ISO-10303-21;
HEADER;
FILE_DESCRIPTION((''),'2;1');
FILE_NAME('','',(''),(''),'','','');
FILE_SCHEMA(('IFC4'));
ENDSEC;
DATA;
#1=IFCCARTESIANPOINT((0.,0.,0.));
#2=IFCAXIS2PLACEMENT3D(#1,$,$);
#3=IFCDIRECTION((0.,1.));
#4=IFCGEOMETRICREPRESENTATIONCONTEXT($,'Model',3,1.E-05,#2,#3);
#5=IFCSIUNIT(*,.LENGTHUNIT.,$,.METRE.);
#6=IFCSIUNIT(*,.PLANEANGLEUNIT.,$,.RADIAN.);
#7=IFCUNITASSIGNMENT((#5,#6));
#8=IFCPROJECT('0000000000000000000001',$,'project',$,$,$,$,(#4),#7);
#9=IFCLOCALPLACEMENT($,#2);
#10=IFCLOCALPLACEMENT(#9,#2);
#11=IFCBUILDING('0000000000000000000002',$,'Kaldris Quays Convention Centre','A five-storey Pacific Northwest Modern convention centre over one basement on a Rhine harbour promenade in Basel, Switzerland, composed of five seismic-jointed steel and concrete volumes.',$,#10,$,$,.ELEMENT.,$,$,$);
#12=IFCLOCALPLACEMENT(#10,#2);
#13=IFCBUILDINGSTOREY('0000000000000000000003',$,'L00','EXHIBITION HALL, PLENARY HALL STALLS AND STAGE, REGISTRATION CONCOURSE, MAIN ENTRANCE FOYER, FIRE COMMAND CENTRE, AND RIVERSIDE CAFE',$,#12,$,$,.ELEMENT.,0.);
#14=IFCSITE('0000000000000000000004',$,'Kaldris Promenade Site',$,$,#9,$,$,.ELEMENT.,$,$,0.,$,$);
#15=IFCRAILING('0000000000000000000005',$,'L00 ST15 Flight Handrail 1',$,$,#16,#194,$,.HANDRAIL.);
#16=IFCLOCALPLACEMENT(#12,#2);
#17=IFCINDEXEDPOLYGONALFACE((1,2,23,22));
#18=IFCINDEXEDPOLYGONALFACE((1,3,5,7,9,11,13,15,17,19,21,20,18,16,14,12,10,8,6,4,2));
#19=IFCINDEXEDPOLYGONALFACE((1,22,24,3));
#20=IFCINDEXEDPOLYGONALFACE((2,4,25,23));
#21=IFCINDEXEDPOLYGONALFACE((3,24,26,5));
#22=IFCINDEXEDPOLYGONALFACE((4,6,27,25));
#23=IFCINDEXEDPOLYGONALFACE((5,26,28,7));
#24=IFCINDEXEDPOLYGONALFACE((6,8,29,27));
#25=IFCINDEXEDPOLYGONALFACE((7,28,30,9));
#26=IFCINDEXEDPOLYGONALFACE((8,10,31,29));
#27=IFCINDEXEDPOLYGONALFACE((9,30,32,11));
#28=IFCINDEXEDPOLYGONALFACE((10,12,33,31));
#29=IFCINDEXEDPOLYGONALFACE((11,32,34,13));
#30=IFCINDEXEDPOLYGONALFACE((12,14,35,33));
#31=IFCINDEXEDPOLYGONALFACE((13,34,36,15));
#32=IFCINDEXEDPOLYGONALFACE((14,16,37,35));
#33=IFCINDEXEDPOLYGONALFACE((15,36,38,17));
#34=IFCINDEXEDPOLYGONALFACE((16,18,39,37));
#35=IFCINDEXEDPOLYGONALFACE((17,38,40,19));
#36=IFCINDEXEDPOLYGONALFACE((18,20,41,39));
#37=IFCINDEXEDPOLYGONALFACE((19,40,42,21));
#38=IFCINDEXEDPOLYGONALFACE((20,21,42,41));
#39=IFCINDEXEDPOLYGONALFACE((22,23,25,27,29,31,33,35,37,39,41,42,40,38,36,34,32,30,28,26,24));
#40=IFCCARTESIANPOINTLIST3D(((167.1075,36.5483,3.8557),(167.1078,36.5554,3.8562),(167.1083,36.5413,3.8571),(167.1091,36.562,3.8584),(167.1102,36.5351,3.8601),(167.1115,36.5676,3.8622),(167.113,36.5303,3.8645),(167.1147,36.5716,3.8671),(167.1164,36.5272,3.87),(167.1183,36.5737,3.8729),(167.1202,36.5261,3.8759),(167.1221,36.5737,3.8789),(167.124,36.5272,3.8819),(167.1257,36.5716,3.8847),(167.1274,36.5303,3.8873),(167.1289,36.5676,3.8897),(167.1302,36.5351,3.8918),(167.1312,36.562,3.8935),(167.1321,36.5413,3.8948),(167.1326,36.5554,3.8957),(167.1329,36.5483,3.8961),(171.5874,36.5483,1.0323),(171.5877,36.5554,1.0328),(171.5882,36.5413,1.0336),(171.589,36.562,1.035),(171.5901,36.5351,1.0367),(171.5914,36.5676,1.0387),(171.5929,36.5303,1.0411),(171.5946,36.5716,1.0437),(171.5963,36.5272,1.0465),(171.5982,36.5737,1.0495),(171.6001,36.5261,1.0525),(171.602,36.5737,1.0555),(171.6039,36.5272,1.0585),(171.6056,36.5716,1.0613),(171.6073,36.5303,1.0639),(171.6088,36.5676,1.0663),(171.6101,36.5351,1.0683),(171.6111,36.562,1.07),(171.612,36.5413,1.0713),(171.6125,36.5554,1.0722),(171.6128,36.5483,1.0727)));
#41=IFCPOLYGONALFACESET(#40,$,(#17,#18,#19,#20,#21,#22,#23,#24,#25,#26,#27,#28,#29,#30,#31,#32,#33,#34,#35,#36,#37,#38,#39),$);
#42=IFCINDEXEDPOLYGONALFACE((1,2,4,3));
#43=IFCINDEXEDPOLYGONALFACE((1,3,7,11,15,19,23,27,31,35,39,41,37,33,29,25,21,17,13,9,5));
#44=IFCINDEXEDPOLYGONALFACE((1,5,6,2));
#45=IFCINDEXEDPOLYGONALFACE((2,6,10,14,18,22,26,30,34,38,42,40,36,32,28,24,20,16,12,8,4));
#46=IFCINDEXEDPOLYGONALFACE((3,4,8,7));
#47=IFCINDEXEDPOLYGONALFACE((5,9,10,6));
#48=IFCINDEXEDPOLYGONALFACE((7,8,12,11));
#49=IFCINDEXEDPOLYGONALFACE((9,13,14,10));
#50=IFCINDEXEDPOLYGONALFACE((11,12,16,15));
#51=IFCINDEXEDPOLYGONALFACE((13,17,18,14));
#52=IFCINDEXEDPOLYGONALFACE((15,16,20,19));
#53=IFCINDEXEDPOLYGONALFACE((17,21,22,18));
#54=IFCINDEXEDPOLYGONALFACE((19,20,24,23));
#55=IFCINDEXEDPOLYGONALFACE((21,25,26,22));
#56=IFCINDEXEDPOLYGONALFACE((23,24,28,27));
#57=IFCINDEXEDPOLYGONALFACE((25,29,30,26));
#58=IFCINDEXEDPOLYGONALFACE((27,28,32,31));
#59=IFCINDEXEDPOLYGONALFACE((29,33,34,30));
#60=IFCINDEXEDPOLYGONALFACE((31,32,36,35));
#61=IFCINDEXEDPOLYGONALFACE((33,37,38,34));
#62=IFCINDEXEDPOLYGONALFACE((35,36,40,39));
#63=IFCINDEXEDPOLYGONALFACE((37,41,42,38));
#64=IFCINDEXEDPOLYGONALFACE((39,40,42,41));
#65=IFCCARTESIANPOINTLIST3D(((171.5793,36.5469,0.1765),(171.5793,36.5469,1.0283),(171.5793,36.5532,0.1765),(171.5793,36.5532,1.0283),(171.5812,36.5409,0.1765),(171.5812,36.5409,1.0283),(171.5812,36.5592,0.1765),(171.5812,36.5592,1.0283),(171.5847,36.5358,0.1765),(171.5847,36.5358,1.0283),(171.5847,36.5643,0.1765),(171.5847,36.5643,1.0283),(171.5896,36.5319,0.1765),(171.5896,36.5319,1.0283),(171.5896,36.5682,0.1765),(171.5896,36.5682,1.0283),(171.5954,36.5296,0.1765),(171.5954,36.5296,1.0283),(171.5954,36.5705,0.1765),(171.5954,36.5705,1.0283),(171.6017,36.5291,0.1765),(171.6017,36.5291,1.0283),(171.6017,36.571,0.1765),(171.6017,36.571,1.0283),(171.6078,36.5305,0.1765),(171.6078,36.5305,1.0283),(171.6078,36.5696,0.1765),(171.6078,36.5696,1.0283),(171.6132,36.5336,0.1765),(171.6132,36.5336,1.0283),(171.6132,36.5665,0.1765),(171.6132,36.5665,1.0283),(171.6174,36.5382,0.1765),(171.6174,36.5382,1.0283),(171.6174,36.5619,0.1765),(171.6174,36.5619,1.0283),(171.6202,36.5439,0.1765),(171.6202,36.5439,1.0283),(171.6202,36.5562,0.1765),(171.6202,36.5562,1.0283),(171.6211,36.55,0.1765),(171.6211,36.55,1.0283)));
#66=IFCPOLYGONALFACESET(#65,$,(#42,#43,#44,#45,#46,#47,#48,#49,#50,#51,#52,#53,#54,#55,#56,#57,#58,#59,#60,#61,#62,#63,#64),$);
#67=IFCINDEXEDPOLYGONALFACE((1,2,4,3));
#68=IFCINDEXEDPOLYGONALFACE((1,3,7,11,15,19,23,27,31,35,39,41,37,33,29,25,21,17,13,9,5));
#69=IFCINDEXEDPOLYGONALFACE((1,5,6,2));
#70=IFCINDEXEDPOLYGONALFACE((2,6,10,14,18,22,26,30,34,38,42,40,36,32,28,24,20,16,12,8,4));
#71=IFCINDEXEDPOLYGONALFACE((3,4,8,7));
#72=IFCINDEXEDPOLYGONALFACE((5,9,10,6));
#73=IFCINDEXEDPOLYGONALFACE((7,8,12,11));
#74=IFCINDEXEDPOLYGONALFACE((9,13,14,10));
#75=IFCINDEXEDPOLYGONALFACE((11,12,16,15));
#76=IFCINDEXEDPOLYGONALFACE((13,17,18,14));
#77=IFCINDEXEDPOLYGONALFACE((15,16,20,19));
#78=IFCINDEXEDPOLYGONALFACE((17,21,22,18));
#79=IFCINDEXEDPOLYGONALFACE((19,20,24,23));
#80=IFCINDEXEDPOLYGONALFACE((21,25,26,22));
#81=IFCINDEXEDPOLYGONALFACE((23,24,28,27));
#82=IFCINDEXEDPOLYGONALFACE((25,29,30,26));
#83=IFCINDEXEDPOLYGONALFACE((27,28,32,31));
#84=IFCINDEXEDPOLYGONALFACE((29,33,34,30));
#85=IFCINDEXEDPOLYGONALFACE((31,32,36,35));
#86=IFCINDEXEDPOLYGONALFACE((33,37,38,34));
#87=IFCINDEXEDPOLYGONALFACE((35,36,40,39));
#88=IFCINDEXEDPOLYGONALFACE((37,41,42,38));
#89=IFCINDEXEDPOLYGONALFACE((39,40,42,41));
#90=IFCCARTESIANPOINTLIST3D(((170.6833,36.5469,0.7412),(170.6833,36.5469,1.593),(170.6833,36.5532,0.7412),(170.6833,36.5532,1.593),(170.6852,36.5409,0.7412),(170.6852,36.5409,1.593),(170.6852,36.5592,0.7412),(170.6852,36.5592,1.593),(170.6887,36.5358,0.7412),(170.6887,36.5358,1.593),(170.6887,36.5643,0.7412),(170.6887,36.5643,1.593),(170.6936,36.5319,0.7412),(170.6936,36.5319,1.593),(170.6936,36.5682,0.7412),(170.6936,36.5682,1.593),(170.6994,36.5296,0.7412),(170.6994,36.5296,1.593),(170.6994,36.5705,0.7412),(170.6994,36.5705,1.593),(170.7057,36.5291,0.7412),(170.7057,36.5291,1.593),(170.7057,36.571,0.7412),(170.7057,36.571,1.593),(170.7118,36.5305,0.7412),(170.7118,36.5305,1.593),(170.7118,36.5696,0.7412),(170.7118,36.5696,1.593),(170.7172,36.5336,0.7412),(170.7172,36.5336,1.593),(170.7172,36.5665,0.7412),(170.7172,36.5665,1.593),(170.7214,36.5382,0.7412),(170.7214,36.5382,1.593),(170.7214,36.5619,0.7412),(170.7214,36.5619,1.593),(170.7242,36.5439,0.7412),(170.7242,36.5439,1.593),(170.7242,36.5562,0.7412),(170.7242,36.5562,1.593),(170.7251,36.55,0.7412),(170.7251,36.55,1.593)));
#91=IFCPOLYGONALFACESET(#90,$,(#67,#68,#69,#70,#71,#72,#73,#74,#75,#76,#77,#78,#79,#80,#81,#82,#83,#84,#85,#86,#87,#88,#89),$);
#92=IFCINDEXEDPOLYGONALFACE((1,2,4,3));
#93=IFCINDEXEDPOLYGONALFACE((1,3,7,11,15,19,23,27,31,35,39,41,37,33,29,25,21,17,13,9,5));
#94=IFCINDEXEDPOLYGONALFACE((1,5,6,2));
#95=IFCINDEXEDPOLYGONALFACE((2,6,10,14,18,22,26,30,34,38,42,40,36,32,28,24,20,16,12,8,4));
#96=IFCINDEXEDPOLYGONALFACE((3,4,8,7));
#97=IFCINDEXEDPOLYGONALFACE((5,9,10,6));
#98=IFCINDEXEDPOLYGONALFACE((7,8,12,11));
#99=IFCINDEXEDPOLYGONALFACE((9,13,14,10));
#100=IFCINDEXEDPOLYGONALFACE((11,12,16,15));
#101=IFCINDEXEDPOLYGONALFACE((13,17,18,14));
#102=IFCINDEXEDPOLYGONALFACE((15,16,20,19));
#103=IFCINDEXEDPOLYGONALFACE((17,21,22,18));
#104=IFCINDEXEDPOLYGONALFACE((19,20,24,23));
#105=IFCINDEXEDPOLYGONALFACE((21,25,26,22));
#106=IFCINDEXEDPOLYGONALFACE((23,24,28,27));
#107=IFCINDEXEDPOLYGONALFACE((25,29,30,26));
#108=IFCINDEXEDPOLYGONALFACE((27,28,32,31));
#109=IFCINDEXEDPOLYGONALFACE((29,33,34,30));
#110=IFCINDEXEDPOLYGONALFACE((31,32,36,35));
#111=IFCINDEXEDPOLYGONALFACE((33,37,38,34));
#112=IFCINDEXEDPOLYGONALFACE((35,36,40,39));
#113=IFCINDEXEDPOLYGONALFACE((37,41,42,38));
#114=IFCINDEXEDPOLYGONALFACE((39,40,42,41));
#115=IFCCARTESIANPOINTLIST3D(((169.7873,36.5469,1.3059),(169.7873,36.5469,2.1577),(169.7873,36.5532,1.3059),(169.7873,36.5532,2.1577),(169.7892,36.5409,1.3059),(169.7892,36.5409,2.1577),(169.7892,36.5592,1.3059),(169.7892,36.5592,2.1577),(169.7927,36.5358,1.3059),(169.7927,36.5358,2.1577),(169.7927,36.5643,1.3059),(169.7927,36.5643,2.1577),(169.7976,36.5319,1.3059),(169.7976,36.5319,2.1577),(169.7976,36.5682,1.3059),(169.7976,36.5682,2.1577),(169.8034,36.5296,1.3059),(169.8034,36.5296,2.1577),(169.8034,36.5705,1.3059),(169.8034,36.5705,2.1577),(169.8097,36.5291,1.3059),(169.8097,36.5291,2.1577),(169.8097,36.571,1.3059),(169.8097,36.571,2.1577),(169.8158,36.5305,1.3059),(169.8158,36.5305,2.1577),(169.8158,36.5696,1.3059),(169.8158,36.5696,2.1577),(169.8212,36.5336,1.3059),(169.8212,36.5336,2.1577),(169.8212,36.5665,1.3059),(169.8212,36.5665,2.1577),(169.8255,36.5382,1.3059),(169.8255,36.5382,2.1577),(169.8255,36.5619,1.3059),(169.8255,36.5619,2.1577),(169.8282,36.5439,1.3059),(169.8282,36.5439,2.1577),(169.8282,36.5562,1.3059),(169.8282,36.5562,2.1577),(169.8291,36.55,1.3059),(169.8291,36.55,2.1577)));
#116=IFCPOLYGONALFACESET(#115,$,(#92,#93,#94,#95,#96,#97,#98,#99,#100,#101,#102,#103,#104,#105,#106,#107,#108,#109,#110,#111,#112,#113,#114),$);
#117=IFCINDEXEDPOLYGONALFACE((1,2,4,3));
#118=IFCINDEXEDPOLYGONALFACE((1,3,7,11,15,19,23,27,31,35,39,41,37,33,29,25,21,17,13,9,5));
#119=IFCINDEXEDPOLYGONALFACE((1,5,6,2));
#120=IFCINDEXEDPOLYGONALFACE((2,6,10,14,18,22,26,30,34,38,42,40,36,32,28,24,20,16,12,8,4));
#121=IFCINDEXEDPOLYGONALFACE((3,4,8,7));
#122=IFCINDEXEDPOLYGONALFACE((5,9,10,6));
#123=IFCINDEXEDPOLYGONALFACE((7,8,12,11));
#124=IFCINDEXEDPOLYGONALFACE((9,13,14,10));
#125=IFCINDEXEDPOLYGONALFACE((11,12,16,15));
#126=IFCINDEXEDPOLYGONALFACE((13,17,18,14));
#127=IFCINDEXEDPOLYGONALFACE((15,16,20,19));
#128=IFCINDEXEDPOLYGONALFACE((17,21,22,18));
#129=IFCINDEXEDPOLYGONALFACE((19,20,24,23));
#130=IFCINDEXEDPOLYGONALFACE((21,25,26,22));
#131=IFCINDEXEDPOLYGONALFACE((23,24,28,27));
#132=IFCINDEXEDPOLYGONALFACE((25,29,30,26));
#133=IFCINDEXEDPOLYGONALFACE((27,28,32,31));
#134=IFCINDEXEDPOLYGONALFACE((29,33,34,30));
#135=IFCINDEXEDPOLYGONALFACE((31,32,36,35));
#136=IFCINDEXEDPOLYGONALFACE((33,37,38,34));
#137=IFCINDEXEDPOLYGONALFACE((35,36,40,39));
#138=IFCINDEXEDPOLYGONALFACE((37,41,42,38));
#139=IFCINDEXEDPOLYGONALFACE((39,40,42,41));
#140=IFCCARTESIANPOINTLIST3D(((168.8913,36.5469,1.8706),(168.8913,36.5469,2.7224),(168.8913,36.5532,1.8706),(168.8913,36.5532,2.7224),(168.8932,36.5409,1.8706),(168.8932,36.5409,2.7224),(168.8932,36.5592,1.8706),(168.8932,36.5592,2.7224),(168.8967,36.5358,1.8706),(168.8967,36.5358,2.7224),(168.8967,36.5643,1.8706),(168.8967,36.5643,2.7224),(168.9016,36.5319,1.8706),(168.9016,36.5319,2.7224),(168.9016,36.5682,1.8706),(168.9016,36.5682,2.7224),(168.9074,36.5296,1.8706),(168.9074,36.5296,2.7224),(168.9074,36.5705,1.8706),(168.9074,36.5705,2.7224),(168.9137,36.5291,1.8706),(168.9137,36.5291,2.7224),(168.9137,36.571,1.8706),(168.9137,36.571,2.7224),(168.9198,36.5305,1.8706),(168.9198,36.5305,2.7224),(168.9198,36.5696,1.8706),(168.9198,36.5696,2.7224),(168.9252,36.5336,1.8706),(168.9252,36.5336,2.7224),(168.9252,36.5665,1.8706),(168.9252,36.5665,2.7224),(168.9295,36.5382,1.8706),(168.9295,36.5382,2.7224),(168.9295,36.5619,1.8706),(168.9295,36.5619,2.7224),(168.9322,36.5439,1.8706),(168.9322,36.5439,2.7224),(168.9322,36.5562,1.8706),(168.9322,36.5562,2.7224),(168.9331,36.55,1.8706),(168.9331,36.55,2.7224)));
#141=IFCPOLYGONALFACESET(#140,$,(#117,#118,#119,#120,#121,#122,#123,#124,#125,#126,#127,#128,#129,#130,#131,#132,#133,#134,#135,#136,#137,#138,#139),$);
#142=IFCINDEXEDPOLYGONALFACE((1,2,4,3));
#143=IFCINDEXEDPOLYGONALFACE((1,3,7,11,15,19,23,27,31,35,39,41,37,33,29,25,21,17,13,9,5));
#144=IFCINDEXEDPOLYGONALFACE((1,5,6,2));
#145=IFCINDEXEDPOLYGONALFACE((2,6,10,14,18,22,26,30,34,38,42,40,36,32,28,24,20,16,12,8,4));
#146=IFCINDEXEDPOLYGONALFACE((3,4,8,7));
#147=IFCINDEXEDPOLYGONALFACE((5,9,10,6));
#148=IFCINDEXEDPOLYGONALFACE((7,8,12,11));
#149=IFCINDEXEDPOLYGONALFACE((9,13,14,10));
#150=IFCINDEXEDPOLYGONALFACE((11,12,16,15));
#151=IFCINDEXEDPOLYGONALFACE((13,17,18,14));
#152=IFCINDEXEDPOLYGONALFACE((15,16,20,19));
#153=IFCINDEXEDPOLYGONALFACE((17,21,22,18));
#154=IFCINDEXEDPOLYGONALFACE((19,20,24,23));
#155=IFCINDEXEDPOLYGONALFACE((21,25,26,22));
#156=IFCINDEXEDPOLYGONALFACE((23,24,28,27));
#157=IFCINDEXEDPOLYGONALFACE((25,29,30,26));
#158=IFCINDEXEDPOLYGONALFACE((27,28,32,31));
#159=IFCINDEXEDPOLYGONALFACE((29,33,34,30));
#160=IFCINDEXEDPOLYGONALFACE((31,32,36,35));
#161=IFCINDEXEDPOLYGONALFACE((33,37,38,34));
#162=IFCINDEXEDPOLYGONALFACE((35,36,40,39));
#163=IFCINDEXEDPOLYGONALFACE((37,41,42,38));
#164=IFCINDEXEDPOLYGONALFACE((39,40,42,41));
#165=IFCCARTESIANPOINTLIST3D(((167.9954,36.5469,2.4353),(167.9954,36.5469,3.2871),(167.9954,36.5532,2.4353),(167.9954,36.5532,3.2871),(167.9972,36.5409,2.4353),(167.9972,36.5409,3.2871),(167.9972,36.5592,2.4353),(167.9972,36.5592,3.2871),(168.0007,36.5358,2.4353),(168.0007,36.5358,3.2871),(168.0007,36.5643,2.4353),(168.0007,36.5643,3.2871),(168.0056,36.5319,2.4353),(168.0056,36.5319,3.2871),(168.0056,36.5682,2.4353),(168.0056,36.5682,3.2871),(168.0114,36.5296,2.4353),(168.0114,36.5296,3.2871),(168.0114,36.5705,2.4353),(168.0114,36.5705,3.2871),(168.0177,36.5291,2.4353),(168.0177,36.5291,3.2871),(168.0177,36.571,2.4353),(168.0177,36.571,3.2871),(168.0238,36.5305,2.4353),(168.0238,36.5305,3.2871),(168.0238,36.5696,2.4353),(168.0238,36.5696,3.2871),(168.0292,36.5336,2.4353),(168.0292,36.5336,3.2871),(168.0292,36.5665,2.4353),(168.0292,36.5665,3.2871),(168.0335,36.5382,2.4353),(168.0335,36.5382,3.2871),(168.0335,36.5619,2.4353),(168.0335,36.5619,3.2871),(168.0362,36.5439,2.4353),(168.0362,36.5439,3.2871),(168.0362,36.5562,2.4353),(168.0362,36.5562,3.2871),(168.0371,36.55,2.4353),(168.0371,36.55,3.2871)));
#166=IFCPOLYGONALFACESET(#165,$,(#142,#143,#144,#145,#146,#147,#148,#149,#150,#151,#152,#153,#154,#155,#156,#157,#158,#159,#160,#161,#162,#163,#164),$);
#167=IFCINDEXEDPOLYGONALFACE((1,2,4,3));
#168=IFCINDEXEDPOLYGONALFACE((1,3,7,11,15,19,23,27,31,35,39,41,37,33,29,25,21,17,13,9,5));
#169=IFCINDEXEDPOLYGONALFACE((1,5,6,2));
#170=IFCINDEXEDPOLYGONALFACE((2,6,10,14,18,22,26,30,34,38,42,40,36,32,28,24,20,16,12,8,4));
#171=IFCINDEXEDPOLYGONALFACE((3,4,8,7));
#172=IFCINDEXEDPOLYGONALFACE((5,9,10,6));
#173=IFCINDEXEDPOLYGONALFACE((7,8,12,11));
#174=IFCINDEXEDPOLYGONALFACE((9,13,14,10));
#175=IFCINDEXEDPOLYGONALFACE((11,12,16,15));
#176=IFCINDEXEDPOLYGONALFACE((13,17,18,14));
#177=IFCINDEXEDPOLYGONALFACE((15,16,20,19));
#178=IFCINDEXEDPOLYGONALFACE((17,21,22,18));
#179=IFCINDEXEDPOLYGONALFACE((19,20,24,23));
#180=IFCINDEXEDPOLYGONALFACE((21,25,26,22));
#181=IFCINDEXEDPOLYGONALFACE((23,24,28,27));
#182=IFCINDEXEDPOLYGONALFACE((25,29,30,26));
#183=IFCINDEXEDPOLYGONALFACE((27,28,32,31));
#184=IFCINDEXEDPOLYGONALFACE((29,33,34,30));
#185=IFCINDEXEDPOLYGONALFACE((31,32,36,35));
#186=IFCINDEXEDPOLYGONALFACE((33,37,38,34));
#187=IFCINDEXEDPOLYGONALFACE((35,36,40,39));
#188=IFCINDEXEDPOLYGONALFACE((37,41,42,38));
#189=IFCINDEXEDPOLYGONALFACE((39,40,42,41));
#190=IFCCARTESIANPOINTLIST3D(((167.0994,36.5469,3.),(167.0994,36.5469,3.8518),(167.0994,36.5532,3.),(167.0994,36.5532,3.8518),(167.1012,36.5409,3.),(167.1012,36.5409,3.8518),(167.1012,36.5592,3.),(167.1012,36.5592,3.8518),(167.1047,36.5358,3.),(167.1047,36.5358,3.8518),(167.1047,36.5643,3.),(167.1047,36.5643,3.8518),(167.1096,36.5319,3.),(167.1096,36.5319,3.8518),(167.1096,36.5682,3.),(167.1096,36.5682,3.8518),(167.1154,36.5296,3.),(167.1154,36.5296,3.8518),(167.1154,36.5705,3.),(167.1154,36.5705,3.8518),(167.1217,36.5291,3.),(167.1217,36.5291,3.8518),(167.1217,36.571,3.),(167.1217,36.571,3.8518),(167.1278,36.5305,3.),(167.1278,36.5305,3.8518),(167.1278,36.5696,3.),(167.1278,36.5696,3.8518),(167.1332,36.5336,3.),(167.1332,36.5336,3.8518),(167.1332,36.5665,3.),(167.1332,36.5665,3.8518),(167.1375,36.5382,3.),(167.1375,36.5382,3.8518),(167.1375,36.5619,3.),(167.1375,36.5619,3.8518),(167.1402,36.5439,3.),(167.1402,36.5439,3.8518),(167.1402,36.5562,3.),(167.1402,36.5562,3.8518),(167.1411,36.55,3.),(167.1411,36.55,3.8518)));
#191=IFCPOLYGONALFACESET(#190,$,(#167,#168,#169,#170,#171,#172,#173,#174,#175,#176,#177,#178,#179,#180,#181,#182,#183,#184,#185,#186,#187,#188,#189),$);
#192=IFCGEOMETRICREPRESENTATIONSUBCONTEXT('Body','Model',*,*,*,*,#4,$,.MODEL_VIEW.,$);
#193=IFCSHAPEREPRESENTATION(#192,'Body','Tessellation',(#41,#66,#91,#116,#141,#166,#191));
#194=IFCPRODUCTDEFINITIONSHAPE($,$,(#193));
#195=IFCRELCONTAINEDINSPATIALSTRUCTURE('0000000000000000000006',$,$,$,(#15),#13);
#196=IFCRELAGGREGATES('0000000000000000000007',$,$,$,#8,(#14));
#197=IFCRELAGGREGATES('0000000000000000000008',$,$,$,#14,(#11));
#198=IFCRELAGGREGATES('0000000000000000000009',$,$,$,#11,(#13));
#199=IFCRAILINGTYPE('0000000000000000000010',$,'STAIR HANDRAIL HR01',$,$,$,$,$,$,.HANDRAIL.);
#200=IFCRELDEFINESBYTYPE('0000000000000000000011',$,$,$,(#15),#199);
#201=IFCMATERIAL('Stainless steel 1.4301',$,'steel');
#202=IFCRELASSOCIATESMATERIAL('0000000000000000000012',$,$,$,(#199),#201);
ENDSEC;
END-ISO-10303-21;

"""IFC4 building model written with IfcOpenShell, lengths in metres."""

from ifc_helpers import new_model, si_unit, direction, frame, origin, origin_2d, place, context, subcontext, project, spatial, circle, extrude, material, type_object, element, save


model = new_model("IFC4")

# Units and contexts
model_context = context("Model", 3, precision=1e-05, world=origin(), true_north=direction((0.0, 1.0)))
body_context = subcontext(model_context, "Body", "Model", "MODEL_VIEW")
ifc_project = project(units=[si_unit("LENGTHUNIT", "METRE"), si_unit("PLANEANGLEUNIT", "RADIAN")], contexts=[model_context])

# Site, building, storey
site_placement = place(None, origin())
site = spatial("IfcSite", under=ifc_project, at=site_placement, Name="Kaldris Promenade Site", CompositionType="ELEMENT", RefElevation=0.0)
building_placement = place(site_placement, origin())
building = spatial("IfcBuilding", under=site, at=building_placement, Name="Kaldris Quays Convention Centre", Description="A five-storey Pacific Northwest Modern convention centre over one basement on a Rhine harbour promenade in Basel, Switzerland, composed of five seismic-jointed steel and concrete volumes.", CompositionType="ELEMENT")
storey_placement = place(building_placement, origin())
storey = spatial("IfcBuildingStorey", under=building, at=storey_placement, Name="L00", Description="EXHIBITION HALL, PLENARY HALL STALLS AND STAGE, REGISTRATION CONCOURSE, MAIN ENTRANCE FOYER, FIRE COMMAND CENTRE, AND RIVERSIDE CAFE", CompositionType="ELEMENT", Elevation=0.0)

# Railing
ifc_material_1 = material(Name="Stainless steel 1.4301", Category="steel")
railing_type_1 = type_object("IfcRailingType", Name="STAIR HANDRAIL HR01", PredefinedType="HANDRAIL", material=ifc_material_1)
railing_1_placement = place(storey_placement, frame((171.6001, 36.55, 0.1765)))
element("IfcRailing", 1, at=railing_1_placement, inside=storey, type_object=railing_type_1, Name="L00 ST15 Flight Handrail 1", PredefinedType="HANDRAIL", context=body_context, shape_type="SweptSolid", body=[
    extrude(circle(Radius=0.0239, at=origin_2d()), frame((0.0, 0.0, 0.876), z_axis=(-0.845998, 0.0, 0.533186), x_axis=(0.0, -1.0, 0.0)), (0.0, 0.0, 1.0), 5.2954),
    extrude(circle(Radius=0.021, at=origin_2d()), origin(), (0.0, 0.0, 1.0), 0.8518),
    extrude(circle(Radius=0.021, at=origin_2d()), frame((-0.896, 0.0, 0.5647)), (0.0, 0.0, 1.0), 0.8518),
    extrude(circle(Radius=0.021, at=origin_2d()), frame((-1.792, 0.0, 1.1294)), (0.0, 0.0, 1.0), 0.8518),
    extrude(circle(Radius=0.021, at=origin_2d()), frame((-2.688, 0.0, 1.6941)), (0.0, 0.0, 1.0), 0.8518),
    extrude(circle(Radius=0.021, at=origin_2d()), frame((-3.584, 0.0, 2.2588)), (0.0, 0.0, 1.0), 0.8518),
    extrude(circle(Radius=0.021, at=origin_2d()), frame((-4.48, 0.0, 2.8235)), (0.0, 0.0, 1.0), 0.8518),
])

save(model, "model.ifc")
